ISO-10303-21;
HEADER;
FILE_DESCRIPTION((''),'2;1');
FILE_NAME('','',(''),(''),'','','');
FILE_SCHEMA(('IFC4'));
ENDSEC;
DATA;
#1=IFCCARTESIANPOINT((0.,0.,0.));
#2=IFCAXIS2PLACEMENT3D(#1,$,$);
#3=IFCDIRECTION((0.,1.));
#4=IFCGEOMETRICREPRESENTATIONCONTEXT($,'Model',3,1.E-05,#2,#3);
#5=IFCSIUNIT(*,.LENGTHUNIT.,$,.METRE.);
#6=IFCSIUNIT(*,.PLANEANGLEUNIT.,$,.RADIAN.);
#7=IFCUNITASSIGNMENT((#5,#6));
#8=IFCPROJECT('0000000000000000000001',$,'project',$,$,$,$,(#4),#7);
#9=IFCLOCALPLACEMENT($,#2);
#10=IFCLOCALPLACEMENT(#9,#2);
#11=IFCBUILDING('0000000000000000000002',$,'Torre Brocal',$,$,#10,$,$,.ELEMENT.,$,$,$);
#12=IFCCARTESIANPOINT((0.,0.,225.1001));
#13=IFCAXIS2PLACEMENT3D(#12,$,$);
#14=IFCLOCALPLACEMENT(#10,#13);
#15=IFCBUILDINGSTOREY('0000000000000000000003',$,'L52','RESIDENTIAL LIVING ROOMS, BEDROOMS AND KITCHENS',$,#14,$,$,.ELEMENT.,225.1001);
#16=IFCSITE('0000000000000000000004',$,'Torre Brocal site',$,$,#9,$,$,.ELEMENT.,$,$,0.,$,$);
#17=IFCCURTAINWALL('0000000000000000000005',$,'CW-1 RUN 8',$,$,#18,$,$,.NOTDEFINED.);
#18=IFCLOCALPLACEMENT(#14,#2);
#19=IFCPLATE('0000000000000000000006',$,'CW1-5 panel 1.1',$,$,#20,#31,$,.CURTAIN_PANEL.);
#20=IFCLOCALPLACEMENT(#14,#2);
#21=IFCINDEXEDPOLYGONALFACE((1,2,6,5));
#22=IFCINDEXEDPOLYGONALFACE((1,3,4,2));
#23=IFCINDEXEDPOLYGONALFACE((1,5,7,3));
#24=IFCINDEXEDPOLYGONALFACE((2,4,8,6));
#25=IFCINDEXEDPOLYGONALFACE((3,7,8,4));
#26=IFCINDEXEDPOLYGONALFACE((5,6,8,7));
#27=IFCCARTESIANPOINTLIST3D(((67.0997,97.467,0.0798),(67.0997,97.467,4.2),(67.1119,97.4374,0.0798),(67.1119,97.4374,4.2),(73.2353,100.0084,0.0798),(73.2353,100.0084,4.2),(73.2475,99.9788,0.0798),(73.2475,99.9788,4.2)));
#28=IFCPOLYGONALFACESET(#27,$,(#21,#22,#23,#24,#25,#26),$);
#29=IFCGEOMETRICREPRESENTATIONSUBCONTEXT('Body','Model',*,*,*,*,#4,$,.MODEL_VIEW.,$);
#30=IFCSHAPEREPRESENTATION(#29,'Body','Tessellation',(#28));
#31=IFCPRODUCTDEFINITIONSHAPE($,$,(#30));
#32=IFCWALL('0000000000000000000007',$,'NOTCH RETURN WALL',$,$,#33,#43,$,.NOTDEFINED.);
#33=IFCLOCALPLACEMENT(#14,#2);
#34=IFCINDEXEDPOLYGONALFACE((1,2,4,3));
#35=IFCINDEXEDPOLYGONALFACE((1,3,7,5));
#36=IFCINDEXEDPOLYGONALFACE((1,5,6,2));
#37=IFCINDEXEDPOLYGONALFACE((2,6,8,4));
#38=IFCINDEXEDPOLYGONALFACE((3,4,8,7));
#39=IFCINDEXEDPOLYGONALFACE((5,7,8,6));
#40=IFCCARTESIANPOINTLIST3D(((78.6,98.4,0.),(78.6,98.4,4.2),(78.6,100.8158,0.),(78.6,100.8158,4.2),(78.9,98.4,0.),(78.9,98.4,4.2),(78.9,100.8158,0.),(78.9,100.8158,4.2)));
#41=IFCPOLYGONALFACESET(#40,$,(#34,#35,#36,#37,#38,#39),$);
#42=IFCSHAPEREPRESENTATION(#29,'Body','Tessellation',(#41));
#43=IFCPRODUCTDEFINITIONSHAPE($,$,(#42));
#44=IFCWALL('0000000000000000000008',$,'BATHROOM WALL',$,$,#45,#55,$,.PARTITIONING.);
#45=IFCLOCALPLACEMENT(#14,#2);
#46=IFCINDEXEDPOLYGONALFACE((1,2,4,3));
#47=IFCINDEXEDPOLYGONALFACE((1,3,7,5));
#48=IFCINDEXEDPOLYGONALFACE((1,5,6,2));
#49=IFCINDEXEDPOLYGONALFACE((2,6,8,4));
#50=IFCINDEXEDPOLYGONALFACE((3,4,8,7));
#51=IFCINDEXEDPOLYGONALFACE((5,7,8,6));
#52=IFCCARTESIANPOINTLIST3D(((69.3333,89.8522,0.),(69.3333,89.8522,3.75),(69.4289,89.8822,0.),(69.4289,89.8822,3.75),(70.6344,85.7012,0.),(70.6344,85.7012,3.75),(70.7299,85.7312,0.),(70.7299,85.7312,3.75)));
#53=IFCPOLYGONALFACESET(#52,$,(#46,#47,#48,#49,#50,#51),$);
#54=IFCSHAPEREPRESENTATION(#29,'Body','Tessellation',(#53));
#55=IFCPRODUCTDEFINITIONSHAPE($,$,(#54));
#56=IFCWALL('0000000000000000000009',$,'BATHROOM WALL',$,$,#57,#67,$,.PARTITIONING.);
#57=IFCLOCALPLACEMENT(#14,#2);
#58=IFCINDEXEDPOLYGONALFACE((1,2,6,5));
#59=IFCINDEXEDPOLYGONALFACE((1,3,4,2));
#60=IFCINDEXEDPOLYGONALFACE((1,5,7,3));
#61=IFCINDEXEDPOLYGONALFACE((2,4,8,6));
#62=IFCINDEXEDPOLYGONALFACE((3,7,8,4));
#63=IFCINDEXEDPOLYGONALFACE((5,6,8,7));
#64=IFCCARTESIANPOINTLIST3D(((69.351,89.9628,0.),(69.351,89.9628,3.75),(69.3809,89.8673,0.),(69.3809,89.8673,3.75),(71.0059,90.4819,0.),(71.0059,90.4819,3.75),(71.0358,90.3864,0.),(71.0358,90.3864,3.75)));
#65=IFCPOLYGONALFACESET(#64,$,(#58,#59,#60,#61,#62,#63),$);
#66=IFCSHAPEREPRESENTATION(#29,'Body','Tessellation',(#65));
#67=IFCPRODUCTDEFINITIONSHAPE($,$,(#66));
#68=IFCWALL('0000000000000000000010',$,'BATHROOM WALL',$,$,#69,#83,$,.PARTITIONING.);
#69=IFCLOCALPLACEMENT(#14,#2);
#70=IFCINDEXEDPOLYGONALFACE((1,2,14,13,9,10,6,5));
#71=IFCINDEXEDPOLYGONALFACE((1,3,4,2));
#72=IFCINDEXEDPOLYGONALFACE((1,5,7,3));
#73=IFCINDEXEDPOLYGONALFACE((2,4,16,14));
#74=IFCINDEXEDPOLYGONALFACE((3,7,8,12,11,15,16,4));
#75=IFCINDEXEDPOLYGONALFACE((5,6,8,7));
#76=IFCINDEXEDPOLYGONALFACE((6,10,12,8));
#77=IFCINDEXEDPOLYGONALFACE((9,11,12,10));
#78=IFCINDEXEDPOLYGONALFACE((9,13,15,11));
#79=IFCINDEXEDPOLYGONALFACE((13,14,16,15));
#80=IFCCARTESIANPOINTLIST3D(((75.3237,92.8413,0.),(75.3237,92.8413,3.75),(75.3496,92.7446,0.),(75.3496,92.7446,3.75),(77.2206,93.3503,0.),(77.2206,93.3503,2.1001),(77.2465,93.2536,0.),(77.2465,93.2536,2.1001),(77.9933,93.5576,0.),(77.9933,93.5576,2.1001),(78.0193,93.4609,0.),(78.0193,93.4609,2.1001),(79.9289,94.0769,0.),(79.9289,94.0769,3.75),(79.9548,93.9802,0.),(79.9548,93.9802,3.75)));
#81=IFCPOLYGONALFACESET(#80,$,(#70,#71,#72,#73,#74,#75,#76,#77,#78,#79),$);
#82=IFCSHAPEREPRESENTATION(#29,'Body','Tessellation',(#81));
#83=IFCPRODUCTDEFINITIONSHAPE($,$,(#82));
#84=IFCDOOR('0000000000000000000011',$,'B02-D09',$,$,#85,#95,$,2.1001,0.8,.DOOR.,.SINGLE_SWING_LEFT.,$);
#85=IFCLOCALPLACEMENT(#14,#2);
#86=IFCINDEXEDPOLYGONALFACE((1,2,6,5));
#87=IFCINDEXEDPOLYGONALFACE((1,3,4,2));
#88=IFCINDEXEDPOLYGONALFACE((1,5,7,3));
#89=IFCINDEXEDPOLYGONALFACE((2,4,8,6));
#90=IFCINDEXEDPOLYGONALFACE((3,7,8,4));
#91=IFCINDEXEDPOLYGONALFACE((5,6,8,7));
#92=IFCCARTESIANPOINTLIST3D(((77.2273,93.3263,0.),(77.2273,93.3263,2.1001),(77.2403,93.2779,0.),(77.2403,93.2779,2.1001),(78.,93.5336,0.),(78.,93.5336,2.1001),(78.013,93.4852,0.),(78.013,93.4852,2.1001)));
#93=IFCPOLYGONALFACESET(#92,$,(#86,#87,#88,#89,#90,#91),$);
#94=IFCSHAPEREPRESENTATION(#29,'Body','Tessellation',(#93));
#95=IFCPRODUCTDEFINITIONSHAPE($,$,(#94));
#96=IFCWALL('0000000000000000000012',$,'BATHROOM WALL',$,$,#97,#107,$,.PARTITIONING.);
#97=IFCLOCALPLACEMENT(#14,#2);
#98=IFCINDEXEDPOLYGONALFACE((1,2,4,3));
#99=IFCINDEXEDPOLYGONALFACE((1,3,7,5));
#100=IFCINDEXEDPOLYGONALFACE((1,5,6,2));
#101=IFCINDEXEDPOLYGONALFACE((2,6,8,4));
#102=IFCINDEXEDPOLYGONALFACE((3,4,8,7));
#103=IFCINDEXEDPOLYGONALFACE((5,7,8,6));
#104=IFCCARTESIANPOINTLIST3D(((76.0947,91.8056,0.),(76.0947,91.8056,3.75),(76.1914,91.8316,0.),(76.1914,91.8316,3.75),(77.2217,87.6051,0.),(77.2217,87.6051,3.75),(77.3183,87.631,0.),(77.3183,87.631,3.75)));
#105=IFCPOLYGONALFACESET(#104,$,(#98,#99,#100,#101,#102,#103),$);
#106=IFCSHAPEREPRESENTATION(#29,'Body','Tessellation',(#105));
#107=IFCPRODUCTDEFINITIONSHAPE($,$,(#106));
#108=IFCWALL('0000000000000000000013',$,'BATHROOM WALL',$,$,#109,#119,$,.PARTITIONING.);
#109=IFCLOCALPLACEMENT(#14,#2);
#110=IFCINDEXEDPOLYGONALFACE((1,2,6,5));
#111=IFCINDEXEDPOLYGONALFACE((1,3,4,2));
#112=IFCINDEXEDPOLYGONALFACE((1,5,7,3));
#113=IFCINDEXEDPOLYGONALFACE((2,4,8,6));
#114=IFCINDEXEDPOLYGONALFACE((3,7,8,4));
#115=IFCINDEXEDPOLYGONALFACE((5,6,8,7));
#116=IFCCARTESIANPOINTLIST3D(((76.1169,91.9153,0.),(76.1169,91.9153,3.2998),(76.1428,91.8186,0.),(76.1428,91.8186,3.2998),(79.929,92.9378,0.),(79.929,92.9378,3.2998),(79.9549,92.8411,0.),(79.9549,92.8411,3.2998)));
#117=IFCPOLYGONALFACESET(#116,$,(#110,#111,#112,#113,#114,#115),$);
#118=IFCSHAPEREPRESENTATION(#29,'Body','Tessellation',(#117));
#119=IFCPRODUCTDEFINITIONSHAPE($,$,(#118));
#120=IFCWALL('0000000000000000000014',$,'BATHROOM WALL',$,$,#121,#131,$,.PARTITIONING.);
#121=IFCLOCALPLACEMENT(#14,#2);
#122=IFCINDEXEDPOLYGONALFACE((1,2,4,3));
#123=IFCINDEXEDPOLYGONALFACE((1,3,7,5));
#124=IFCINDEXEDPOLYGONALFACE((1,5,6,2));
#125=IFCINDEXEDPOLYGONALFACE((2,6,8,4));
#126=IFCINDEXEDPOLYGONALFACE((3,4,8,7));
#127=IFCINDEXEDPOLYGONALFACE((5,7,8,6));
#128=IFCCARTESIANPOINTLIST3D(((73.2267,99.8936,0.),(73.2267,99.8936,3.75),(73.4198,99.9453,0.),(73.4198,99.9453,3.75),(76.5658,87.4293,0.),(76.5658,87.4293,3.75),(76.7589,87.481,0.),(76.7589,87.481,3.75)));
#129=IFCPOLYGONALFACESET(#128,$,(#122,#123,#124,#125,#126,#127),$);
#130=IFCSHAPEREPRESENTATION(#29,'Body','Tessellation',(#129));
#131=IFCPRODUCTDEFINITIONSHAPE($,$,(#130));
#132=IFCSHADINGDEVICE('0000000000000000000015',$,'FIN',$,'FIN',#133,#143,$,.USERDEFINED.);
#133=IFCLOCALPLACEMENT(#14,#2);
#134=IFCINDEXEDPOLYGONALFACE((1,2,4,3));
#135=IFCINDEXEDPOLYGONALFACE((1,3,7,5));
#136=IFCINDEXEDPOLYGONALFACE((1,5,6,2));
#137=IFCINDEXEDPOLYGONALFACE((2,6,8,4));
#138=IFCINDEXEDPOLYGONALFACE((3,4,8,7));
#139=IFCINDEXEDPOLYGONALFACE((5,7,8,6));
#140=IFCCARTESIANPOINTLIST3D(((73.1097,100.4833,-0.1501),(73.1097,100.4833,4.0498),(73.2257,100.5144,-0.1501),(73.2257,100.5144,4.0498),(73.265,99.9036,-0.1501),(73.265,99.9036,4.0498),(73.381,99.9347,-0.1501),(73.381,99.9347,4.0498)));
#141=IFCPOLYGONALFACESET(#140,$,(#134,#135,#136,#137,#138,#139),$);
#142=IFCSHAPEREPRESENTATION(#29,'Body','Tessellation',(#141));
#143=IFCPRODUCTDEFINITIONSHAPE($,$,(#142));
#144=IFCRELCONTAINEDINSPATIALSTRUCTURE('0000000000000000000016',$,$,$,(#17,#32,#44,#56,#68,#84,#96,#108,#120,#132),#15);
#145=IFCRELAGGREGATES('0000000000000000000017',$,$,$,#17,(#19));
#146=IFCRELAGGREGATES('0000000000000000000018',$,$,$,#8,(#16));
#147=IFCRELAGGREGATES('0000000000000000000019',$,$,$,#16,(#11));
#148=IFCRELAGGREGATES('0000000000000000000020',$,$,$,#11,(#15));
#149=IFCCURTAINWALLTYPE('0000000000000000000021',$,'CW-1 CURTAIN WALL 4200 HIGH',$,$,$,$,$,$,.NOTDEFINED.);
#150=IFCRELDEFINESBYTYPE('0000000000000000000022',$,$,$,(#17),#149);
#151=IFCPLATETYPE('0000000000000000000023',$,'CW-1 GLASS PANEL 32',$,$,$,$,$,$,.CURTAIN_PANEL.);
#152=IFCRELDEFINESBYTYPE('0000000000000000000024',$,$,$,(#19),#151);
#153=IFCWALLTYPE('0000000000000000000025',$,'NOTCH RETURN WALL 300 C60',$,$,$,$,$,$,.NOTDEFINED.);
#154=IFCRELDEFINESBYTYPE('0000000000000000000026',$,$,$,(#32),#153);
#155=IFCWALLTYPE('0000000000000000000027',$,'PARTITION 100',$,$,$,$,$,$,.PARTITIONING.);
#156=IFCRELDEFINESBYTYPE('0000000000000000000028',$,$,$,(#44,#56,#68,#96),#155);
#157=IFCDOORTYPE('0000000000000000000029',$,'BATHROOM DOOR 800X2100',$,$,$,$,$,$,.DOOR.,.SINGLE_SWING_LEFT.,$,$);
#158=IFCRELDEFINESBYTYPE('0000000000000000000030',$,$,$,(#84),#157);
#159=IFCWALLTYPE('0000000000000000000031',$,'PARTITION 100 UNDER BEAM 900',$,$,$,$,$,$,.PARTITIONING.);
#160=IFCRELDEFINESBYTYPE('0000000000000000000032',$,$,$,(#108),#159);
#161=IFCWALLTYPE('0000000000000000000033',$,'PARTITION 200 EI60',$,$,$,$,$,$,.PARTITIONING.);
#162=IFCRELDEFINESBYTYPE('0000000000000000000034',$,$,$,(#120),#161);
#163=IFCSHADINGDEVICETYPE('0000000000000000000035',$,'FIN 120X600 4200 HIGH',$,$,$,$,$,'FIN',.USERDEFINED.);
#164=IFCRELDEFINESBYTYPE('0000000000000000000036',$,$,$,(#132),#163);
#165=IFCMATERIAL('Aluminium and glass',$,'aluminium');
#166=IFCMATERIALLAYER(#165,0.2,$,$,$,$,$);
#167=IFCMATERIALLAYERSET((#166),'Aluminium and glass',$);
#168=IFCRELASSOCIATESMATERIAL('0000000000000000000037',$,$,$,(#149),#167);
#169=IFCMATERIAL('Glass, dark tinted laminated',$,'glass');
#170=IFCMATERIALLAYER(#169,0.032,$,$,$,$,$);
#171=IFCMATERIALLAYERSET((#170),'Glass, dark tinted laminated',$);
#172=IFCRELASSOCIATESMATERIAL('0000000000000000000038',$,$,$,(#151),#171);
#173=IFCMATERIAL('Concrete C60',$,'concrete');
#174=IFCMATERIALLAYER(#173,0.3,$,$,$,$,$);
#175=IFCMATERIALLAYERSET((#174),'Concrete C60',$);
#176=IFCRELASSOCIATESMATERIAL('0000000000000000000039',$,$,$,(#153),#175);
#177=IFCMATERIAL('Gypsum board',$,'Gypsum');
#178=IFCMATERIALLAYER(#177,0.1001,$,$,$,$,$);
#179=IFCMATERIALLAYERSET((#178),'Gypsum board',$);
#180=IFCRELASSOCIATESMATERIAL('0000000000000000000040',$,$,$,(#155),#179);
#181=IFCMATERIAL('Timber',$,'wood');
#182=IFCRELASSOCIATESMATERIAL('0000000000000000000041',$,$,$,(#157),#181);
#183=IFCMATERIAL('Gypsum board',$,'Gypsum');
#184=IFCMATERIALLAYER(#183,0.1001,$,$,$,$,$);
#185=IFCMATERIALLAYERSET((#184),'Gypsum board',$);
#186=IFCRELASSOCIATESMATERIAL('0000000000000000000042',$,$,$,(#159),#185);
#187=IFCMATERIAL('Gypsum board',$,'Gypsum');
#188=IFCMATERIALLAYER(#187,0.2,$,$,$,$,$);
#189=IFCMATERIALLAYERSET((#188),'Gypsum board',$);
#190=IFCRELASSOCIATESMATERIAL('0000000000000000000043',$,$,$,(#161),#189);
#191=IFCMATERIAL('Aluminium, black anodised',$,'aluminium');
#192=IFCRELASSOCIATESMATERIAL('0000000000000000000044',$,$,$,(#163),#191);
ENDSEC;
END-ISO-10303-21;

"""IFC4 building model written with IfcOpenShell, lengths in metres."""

from ifc_helpers import new_model, si_unit, direction, frame, frame_2d, origin, origin_2d, place, context, subcontext, project, spatial, rectangle, extrude, material, layer, layer_set, material_profile, profile_set, type_object, element, fill, aggregate, save


model = new_model("IFC4")

# Units and contexts
model_context = context("Model", 3, precision=1e-05, world=origin(), true_north=direction((0.0, 1.0)))
body_context = subcontext(model_context, "Body", "Model", "MODEL_VIEW")
ifc_project = project(units=[si_unit("LENGTHUNIT", "METRE"), si_unit("PLANEANGLEUNIT", "RADIAN")], contexts=[model_context])

# Site, building, storey
site_placement = place(None, origin())
site = spatial("IfcSite", under=ifc_project, at=site_placement, Name="Torre Brocal site", CompositionType="ELEMENT", RefElevation=0.0)
building_placement = place(site_placement, origin())
building = spatial("IfcBuilding", under=site, at=building_placement, Name="Torre Brocal", CompositionType="ELEMENT")
storey_placement = place(building_placement, frame((0.0, 0.0, 225.1001)))
storey = spatial("IfcBuildingStorey", under=building, at=storey_placement, Name="L52", Description="RESIDENTIAL LIVING ROOMS, BEDROOMS AND KITCHENS", CompositionType="ELEMENT", Elevation=225.1001)

# Shared definitions
ifc_material_1 = material(Name="Aluminium and glass", Category="aluminium")
ifc_layer_1 = layer(ifc_material_1, 0.2)
ifc_layer_set_1 = layer_set([ifc_layer_1], Name="Aluminium and glass")
curtain_wall_type = type_object("IfcCurtainWallType", Name="CW-1 CURTAIN WALL 4200 HIGH", PredefinedType="NOTDEFINED", material=ifc_layer_set_1)

# Curtain wall
curtain_wall_1_placement = place(storey_placement, origin())
curtain_wall_1 = element("IfcCurtainWall", 1, at=curtain_wall_1_placement, inside=storey, type_object=curtain_wall_type, Name="CW-1 RUN 8", PredefinedType="NOTDEFINED")

# Plate
ifc_material_2 = material(Name="Glass, dark tinted laminated", Category="glass")
ifc_layer_2 = layer(ifc_material_2, 0.032)
ifc_layer_set_2 = layer_set([ifc_layer_2], Name="Glass, dark tinted laminated")
plate_type = type_object("IfcPlateType", Name="CW-1 GLASS PANEL 32", PredefinedType="CURTAIN_PANEL", material=ifc_layer_set_2)
plate_1_placement = place(storey_placement, frame((70.1736, 98.7229, 0.0798), z_axis=(0.0, 0.0, 1.0), x_axis=(-0.92388, -0.382683, 0.0)))
plate_1 = element("IfcPlate", 2, at=plate_1_placement, type_object=plate_type, Name="CW1-5 panel 1.1", PredefinedType="CURTAIN_PANEL", context=body_context, shape_type="SweptSolid", body=[
    extrude(rectangle(XDim=6.6411, YDim=0.032, at=origin_2d()), origin(), (0.0, 0.0, 1.0), 4.1201),
])
aggregate(curtain_wall_1, [plate_1])

# Walls
ifc_material_3 = material(Name="Concrete C60", Category="concrete")
ifc_layer_3 = layer(ifc_material_3, 0.3)
ifc_layer_set_3 = layer_set([ifc_layer_3], Name="Concrete C60")
wall_type_1 = type_object("IfcWallType", Name="NOTCH RETURN WALL 300 C60", PredefinedType="NOTDEFINED", material=ifc_layer_set_3)
wall_1_placement = place(storey_placement, frame((78.75, 98.3999, 0.0), z_axis=(0.0, 0.0, 1.0), x_axis=(0.0, 1.0, 0.0)))
element("IfcWall", 3, at=wall_1_placement, inside=storey, type_object=wall_type_1, Name="NOTCH RETURN WALL", PredefinedType="NOTDEFINED", context=body_context, shape_type="SweptSolid", body=[
    extrude(rectangle(XDim=2.4158, YDim=0.3, at=frame_2d((1.208, 0.0))), origin(), (0.0, 0.0, 1.0), 4.2),
])
ifc_material_4 = material(Name="Gypsum board", Category="Gypsum")
ifc_layer_4 = layer(ifc_material_4, 0.1001)
ifc_layer_set_4 = layer_set([ifc_layer_4], Name="Gypsum board")
wall_type_2 = type_object("IfcWallType", Name="PARTITION 100", PredefinedType="PARTITIONING", material=ifc_layer_set_4)
wall_2_placement = place(storey_placement, frame((69.3811, 89.8672, 0.0), z_axis=(0.0, 0.0, 1.0), x_axis=(0.299087, -0.954226, 0.0)))
element("IfcWall", 4, at=wall_2_placement, inside=storey, type_object=wall_type_2, Name="BATHROOM WALL", PredefinedType="PARTITIONING", context=body_context, shape_type="SweptSolid", body=[
    extrude(rectangle(XDim=4.3501, YDim=0.1001, at=frame_2d((2.175, 0.0))), origin(), (0.0, 0.0, 1.0), 3.75),
])
wall_3_placement = place(storey_placement, frame((69.366, 89.915, 0.0), z_axis=(0.0, 0.0, 1.0), x_axis=(0.954164, 0.299285, 0.0)))
element("IfcWall", 5, at=wall_3_placement, inside=storey, type_object=wall_type_2, Name="BATHROOM WALL", PredefinedType="PARTITIONING", context=body_context, shape_type="SweptSolid", body=[
    extrude(rectangle(XDim=1.7344, YDim=0.1001, at=frame_2d((0.8672, 0.0))), origin(), (0.0, 0.0, 1.0), 3.75),
])

# Wall, opening, door
wall_4_placement = place(storey_placement, frame((75.3367, 92.793, 0.0), z_axis=(0.0, 0.0, 1.0), x_axis=(0.96584, 0.259138, 0.0)))
wall_4 = element("IfcWall", 6, at=wall_4_placement, inside=storey, type_object=wall_type_2, Name="BATHROOM WALL", PredefinedType="PARTITIONING", context=body_context, shape_type="SweptSolid", body=[
    extrude(rectangle(XDim=4.7681, YDim=0.1001, at=frame_2d((2.384, 0.0))), origin(), (0.0, 0.0, 1.0), 3.75),
])
opening_placement = place(wall_4_placement, frame((1.9641, 0.0, 0.0)))
opening = element("IfcOpeningElement", 7, at=opening_placement, cuts=wall_4, PredefinedType="OPENING", context=body_context, shape_type="SweptSolid", body=[
    extrude(rectangle(XDim=0.8, YDim=2.1001, at=frame_2d((0.3999, 1.05))), frame((0.0, 0.0601, 0.0), z_axis=(0.0, -1.0, 0.0), x_axis=(1.0, 0.0, 0.0)), (0.0, 0.0, 1.0), 0.1201),
])
ifc_material_5 = material(Name="Timber", Category="wood")
door_type = type_object("IfcDoorType", Name="BATHROOM DOOR 800X2100", OperationType="SINGLE_SWING_LEFT", PredefinedType="DOOR", material=ifc_material_5)
door_placement = place(opening_placement, frame((0.8, 0.0, 0.0), z_axis=(0.0, 0.0, 1.0), x_axis=(-1.0, 0.0, 0.0)))
door = element("IfcDoor", 8, at=door_placement, inside=storey, type_object=door_type, Name="B02-D09", OperationType="SINGLE_SWING_LEFT", OverallHeight=2.1001, OverallWidth=0.8, PredefinedType="DOOR", context=body_context, shape_type="SweptSolid", body=[
    extrude(rectangle(XDim=0.8, YDim=2.1001, at=frame_2d((0.3999, 1.05))), frame((0.0, 0.0249, 0.0), z_axis=(0.0, -1.0, 0.0), x_axis=(1.0, 0.0, 0.0)), (0.0, 0.0, 1.0), 0.05),
])
fill(opening, door)

# Walls
wall_5_placement = place(storey_placement, frame((76.1431, 91.8186, 0.0), z_axis=(0.0, 0.0, 1.0), x_axis=(0.259116, -0.965846, 0.0)))
element("IfcWall", 9, at=wall_5_placement, inside=storey, type_object=wall_type_2, Name="BATHROOM WALL", PredefinedType="PARTITIONING", context=body_context, shape_type="SweptSolid", body=[
    extrude(rectangle(XDim=4.3491, YDim=0.1001, at=frame_2d((2.1746, 0.0))), origin(), (0.0, 0.0, 1.0), 3.75),
])
ifc_material_6 = material(Name="Gypsum board", Category="Gypsum")
ifc_layer_5 = layer(ifc_material_6, 0.1001)
ifc_layer_set_5 = layer_set([ifc_layer_5], Name="Gypsum board")
wall_type_3 = type_object("IfcWallType", Name="PARTITION 100 UNDER BEAM 900", PredefinedType="PARTITIONING", material=ifc_layer_set_5)
wall_6_placement = place(storey_placement, frame((76.1299, 91.8669, 0.0), z_axis=(0.0, 0.0, 1.0), x_axis=(0.96586, 0.259064, 0.0)))
element("IfcWall", 10, at=wall_6_placement, inside=storey, type_object=wall_type_3, Name="BATHROOM WALL", PredefinedType="PARTITIONING", context=body_context, shape_type="SweptSolid", body=[
    extrude(rectangle(XDim=3.9468, YDim=0.1001, at=frame_2d((1.9734, 0.0))), origin(), (0.0, 0.0, 1.0), 3.2998),
])
ifc_material_7 = material(Name="Gypsum board", Category="Gypsum")
ifc_layer_6 = layer(ifc_material_7, 0.2)
ifc_layer_set_6 = layer_set([ifc_layer_6], Name="Gypsum board")
wall_type_4 = type_object("IfcWallType", Name="PARTITION 200 EI60", PredefinedType="PARTITIONING", material=ifc_layer_set_6)
wall_7_placement = place(storey_placement, frame((73.3232, 99.9194, 0.0), z_axis=(0.0, 0.0, 1.0), x_axis=(0.258768, -0.965939, 0.0)))
element("IfcWall", 11, at=wall_7_placement, inside=storey, type_object=wall_type_4, Name="BATHROOM WALL", PredefinedType="PARTITIONING", context=body_context, shape_type="SweptSolid", body=[
    extrude(rectangle(XDim=12.9038, YDim=0.2, at=frame_2d((6.4519, 0.0))), origin(), (0.0, 0.0, 1.0), 3.75),
])

# Shading device
ifc_material_8 = material(Name="Aluminium, black anodised", Category="aluminium")
ifc_material_profile_1 = material_profile(ifc_material_8, rectangle(XDim=0.1201, YDim=0.6001, at=origin_2d()), Name="FIN 120X600 4200 HIGH")
ifc_profile_set_1 = profile_set([ifc_material_profile_1], Name="Aluminium, black anodised")
shading_device_type = type_object("IfcShadingDeviceType", Name="FIN 120X600 4200 HIGH", ElementType="FIN", PredefinedType="USERDEFINED", material=ifc_profile_set_1)
shading_device_placement = place(storey_placement, frame((73.2454, 100.209, -0.1501), z_axis=(0.0, 0.0, 1.0), x_axis=(-0.965926, -0.258819, 0.0)))
element("IfcShadingDevice", 12, at=shading_device_placement, inside=storey, type_object=shading_device_type, Name="FIN", ObjectType="FIN", PredefinedType="USERDEFINED", context=body_context, shape_type="SweptSolid", body=[
    extrude(rectangle(XDim=0.1201, YDim=0.6001, at=origin_2d()), origin(), (0.0, 0.0, 1.0), 4.2),
])

save(model, "model.ifc")
